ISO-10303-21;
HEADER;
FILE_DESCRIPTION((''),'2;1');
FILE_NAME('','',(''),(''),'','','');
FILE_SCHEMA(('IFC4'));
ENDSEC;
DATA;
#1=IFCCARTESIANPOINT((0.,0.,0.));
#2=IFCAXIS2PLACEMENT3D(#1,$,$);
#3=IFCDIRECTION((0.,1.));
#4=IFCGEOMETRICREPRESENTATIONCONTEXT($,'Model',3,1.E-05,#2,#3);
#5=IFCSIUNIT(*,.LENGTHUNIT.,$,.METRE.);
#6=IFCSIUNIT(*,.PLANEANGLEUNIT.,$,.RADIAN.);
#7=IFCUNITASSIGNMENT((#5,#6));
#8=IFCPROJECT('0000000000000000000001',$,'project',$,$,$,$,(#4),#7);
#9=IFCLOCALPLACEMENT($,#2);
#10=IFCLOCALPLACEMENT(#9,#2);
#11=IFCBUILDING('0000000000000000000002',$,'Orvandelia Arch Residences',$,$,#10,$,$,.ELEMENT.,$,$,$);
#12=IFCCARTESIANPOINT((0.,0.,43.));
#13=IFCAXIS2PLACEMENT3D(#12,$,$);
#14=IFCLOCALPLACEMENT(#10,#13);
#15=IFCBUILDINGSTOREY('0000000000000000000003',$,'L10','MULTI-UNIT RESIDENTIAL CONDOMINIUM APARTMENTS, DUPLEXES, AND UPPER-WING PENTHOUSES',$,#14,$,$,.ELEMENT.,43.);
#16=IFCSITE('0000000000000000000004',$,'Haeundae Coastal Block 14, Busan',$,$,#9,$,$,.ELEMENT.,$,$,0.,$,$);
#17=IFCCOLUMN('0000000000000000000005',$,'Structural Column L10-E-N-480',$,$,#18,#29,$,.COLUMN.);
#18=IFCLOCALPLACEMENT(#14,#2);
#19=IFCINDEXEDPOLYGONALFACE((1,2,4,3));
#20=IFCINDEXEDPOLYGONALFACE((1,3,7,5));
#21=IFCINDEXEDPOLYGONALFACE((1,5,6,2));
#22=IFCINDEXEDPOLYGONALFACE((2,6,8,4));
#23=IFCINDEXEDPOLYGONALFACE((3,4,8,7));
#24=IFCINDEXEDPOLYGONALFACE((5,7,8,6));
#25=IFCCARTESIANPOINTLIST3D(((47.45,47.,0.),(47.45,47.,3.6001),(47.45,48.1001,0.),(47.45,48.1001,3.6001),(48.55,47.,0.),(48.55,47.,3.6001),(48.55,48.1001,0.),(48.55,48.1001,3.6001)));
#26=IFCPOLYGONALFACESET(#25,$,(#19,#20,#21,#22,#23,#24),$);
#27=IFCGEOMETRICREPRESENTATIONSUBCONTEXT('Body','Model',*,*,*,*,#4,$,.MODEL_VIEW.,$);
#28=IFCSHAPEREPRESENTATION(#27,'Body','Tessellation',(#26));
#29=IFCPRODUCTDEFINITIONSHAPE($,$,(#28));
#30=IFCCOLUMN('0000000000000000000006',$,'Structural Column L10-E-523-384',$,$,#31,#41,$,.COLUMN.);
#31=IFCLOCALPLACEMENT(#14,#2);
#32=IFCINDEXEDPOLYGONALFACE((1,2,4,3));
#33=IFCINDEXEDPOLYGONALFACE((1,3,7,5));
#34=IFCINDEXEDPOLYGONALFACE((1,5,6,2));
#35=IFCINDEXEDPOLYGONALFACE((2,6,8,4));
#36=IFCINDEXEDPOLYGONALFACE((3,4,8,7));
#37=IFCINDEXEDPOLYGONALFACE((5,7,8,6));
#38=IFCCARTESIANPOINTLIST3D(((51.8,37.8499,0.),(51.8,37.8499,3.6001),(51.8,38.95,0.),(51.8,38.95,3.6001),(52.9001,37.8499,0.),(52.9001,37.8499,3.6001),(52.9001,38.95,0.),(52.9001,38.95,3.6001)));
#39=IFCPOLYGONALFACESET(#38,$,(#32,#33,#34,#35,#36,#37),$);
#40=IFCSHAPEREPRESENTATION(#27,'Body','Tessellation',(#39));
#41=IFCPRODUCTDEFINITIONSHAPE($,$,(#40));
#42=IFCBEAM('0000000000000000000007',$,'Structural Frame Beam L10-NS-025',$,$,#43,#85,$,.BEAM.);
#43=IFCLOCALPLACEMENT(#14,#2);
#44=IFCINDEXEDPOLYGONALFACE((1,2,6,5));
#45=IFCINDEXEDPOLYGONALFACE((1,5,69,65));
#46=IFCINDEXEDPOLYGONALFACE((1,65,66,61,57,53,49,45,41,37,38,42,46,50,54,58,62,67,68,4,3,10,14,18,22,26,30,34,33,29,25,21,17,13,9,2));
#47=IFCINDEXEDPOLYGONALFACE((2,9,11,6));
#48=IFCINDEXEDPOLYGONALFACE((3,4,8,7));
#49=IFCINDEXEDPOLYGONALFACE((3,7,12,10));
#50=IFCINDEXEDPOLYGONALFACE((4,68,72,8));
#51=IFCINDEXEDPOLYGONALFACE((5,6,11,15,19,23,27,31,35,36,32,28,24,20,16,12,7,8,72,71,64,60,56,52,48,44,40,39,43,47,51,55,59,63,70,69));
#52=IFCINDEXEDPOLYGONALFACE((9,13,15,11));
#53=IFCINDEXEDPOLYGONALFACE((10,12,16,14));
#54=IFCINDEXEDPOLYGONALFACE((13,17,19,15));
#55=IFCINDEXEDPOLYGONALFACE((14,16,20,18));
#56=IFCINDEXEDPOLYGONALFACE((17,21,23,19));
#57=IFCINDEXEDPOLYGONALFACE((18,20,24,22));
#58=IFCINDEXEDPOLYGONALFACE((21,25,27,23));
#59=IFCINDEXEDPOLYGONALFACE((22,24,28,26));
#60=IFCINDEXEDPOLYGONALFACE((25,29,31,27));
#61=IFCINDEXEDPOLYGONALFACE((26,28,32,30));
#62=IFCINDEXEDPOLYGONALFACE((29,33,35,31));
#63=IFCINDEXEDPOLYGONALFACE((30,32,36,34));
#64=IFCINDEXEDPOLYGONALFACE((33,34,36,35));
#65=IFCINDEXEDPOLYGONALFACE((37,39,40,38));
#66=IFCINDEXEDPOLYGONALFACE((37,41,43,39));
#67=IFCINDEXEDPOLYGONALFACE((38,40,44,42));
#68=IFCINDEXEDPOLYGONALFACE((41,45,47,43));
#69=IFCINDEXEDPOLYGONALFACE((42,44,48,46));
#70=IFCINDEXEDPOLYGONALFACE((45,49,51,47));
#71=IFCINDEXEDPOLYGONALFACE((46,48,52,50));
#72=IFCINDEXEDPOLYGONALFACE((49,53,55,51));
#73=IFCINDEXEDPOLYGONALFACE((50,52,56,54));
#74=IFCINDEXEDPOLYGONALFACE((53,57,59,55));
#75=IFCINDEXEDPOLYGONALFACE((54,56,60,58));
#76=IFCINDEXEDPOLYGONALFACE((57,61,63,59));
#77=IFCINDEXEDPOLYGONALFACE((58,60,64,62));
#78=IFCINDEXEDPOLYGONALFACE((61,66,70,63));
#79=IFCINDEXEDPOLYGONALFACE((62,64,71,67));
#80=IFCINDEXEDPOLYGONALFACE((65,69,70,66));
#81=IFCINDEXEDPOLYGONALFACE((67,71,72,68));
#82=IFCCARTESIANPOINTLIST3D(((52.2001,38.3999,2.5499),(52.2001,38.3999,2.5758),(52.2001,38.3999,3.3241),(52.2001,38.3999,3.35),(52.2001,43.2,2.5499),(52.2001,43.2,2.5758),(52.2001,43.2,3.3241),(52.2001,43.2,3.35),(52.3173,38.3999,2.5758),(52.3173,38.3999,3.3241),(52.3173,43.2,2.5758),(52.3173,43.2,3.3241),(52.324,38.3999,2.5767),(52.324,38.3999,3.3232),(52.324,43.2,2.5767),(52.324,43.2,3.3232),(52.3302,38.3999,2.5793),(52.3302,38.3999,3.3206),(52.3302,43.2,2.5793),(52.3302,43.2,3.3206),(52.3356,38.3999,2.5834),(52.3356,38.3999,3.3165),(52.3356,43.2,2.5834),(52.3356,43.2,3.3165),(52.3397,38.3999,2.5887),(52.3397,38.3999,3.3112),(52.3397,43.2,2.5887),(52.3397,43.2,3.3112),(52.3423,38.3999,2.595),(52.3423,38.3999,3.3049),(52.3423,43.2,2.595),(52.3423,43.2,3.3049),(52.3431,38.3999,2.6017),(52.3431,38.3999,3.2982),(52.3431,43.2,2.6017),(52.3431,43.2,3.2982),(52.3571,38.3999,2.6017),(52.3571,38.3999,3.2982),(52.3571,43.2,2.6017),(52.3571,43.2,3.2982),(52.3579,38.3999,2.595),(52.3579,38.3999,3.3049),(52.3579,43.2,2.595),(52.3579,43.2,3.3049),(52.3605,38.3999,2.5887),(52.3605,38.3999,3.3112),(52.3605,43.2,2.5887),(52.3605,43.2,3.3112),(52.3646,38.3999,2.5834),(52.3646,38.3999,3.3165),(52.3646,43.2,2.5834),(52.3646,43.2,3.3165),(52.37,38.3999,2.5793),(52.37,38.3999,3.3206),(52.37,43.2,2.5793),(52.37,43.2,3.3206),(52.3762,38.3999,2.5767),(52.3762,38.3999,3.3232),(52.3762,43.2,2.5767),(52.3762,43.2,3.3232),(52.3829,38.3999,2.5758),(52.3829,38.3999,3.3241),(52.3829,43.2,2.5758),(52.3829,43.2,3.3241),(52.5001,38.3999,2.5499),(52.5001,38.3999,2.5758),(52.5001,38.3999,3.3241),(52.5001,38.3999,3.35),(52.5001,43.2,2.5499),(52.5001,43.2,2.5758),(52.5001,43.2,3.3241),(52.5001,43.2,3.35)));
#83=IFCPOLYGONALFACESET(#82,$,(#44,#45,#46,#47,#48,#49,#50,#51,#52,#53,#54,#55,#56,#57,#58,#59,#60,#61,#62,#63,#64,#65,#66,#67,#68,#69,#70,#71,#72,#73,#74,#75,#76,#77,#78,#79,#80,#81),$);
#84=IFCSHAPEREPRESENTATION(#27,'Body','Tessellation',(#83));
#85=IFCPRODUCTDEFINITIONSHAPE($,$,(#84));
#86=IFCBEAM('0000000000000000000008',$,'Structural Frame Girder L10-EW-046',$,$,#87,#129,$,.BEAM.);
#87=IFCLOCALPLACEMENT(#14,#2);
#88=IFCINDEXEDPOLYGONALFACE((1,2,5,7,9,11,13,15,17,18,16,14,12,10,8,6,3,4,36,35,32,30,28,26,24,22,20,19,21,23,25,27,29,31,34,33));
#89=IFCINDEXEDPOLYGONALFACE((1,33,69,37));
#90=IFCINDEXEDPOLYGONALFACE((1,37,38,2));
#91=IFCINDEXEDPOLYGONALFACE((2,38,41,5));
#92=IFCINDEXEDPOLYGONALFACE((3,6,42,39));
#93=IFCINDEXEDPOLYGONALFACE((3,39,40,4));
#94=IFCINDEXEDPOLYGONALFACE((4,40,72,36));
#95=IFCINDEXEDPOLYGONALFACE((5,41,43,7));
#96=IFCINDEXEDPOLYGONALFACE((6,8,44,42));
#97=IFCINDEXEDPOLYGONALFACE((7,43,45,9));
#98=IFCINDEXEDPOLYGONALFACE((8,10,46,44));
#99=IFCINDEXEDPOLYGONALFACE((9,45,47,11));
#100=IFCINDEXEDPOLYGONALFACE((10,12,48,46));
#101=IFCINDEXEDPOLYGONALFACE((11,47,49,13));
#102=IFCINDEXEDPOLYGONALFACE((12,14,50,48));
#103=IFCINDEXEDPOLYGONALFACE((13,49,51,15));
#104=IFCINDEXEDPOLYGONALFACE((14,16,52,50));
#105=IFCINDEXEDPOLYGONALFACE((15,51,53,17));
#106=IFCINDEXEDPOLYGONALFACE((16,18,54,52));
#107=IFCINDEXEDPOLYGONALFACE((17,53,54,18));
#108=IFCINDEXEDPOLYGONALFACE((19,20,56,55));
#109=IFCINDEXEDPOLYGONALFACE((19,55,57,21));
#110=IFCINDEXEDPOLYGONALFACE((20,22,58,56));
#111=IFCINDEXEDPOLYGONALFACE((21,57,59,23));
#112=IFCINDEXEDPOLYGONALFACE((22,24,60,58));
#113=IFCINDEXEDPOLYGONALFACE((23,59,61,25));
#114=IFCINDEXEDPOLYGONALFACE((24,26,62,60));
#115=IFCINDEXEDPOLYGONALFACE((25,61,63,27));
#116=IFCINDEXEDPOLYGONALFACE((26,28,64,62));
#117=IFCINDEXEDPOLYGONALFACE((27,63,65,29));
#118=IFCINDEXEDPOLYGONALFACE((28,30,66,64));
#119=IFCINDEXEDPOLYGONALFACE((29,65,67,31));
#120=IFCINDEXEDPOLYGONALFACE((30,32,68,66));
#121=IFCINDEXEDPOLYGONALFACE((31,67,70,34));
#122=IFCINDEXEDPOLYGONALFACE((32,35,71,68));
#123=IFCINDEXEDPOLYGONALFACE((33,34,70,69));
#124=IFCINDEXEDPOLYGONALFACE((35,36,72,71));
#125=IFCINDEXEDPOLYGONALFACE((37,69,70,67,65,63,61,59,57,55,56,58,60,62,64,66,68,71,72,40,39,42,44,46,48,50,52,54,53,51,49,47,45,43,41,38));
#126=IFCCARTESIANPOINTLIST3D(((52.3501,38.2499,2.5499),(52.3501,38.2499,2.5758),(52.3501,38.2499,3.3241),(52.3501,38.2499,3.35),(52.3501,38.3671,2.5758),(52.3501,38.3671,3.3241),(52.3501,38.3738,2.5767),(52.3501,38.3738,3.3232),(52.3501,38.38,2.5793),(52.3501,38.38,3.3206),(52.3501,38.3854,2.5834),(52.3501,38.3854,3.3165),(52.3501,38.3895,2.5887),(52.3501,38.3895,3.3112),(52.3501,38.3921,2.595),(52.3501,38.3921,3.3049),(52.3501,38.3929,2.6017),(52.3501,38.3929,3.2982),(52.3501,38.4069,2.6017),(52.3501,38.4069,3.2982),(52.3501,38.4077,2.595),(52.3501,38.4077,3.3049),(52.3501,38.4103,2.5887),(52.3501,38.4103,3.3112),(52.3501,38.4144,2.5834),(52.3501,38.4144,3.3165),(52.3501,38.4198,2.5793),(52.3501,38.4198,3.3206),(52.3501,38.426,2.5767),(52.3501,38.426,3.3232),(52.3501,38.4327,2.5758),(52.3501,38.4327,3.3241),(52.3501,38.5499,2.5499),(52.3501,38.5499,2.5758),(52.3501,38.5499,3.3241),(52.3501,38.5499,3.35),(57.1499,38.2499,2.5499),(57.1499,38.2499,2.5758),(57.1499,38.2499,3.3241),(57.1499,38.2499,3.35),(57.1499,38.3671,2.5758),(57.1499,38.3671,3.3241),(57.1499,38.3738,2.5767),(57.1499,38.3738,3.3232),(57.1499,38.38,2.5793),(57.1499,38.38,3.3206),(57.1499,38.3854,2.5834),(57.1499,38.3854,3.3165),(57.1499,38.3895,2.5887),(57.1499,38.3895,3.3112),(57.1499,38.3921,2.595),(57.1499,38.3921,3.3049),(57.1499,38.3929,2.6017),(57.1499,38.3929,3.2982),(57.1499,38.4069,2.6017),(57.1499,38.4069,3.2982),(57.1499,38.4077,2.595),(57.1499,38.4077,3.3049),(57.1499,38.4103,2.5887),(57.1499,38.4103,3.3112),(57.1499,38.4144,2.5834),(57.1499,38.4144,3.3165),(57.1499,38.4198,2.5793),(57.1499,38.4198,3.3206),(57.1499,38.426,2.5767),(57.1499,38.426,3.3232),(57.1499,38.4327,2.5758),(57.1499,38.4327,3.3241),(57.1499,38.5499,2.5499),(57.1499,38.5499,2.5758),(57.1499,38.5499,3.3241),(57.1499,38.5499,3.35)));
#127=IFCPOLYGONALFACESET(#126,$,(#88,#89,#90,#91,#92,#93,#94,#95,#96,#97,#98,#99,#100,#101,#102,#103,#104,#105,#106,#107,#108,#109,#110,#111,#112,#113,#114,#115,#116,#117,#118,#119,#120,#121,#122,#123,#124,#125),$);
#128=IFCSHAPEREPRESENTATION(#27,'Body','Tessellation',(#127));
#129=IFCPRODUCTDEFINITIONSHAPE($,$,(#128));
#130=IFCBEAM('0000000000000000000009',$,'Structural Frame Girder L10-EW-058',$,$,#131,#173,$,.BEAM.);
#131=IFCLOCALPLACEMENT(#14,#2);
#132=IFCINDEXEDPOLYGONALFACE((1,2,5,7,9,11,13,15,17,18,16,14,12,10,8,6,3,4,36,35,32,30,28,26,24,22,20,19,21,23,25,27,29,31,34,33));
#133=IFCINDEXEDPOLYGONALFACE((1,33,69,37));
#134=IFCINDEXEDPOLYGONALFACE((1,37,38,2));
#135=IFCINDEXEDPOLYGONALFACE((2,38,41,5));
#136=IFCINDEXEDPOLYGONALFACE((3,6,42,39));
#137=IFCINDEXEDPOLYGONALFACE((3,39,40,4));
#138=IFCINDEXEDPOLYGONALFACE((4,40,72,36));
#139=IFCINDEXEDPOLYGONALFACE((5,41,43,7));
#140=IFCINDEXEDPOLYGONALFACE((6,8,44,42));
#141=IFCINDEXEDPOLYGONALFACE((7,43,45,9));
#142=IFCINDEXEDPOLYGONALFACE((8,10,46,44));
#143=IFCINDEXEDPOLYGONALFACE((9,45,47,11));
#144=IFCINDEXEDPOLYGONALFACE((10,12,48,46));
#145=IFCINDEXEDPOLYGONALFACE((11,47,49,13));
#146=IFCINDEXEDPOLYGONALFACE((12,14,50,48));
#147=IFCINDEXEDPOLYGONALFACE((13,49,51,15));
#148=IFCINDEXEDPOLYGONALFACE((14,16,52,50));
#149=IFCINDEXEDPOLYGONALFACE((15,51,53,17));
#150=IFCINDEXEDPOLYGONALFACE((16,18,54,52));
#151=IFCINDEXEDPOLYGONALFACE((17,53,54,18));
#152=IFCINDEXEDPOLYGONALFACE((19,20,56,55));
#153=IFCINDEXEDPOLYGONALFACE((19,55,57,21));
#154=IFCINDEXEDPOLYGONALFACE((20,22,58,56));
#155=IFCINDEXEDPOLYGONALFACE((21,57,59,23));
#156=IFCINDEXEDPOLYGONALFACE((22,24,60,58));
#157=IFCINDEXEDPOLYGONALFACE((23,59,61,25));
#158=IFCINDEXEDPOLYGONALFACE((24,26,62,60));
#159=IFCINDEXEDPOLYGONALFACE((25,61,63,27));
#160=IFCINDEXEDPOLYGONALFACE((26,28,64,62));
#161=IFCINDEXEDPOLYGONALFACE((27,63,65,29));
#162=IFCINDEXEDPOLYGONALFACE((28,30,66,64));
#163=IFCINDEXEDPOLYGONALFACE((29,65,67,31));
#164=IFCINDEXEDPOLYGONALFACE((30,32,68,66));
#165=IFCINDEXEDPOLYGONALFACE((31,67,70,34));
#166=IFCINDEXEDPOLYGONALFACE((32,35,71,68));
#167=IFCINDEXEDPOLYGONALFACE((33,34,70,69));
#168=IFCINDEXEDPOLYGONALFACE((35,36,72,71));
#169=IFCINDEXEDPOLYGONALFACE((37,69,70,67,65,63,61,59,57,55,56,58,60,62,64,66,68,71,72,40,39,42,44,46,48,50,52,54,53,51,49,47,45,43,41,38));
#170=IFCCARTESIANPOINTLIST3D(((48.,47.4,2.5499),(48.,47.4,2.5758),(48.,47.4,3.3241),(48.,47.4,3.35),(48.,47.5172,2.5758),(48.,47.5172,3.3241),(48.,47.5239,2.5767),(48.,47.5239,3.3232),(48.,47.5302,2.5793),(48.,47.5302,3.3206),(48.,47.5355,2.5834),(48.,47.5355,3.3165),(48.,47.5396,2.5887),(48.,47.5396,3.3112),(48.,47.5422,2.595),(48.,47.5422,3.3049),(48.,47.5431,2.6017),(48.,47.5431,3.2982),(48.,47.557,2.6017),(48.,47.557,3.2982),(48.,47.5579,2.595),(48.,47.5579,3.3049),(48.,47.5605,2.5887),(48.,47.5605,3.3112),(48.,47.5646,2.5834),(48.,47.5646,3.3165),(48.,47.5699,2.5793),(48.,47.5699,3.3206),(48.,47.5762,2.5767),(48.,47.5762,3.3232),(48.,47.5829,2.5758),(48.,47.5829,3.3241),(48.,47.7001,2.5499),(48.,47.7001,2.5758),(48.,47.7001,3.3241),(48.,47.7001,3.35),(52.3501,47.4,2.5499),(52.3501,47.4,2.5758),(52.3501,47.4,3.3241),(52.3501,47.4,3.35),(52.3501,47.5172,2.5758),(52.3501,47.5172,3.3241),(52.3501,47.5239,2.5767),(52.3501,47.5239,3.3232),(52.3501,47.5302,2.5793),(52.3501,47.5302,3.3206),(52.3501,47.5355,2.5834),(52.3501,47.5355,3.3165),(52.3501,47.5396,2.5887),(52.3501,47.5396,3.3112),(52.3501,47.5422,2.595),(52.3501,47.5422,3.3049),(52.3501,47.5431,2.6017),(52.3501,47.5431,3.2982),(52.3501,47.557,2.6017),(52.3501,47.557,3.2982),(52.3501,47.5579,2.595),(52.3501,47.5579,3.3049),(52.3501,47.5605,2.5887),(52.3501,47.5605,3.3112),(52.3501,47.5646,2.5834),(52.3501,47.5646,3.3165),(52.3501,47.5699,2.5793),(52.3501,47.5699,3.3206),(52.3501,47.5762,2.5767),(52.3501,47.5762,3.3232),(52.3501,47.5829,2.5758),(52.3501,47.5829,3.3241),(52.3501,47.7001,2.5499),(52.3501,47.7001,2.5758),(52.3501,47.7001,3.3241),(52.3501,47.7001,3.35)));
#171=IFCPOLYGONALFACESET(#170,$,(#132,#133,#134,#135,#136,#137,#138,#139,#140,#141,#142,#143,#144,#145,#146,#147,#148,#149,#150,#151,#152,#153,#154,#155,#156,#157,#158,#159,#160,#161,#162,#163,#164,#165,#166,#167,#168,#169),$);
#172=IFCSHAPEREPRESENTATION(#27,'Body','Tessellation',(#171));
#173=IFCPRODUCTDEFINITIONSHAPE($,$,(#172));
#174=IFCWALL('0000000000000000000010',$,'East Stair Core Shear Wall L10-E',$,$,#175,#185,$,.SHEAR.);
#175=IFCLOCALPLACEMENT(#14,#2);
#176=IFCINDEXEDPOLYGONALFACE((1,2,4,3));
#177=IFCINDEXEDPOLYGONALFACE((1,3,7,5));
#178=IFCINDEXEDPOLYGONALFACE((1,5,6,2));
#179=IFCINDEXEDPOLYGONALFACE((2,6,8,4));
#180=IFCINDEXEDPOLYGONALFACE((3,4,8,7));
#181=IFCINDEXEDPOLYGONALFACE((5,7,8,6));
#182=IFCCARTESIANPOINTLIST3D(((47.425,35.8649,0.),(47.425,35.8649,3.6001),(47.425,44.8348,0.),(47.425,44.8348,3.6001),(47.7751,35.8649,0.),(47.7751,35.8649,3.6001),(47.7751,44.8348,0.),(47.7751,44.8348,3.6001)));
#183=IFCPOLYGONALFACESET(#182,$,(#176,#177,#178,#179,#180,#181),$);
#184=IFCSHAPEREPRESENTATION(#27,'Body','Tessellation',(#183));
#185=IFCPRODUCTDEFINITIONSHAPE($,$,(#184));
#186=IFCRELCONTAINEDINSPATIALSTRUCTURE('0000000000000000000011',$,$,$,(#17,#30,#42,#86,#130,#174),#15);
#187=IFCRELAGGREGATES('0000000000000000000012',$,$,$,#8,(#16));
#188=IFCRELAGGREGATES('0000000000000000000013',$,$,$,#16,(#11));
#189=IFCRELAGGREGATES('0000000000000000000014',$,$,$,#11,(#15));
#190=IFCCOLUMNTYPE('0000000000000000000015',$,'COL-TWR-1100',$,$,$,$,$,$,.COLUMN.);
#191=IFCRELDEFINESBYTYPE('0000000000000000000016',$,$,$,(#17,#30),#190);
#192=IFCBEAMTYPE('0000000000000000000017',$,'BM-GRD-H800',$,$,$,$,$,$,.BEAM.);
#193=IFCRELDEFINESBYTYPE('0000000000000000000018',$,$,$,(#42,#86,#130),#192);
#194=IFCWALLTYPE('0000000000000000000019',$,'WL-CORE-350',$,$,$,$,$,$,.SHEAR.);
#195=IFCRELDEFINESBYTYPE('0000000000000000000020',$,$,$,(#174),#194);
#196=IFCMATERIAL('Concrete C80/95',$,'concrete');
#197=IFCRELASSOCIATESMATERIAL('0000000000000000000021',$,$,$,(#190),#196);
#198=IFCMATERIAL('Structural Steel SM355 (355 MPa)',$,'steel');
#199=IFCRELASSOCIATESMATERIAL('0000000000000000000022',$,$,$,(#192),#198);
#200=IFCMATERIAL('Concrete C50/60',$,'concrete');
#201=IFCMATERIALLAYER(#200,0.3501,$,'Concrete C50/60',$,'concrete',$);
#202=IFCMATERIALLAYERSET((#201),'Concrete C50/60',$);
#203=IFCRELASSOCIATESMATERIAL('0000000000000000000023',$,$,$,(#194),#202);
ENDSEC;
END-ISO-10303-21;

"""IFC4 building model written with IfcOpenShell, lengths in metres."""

from ifc_helpers import new_model, si_unit, direction, frame, frame_2d, origin, origin_2d, place, context, subcontext, project, spatial, rectangle, i_section, extrude, material, layer, layer_set, material_profile, profile_set, type_object, element, save


model = new_model("IFC4")

# Units and contexts
model_context = context("Model", 3, precision=1e-05, world=origin(), true_north=direction((0.0, 1.0)))
body_context = subcontext(model_context, "Body", "Model", "MODEL_VIEW")
ifc_project = project(units=[si_unit("LENGTHUNIT", "METRE"), si_unit("PLANEANGLEUNIT", "RADIAN")], contexts=[model_context])

# Site, building, storey
site_placement = place(None, origin())
site = spatial("IfcSite", under=ifc_project, at=site_placement, Name="Haeundae Coastal Block 14, Busan", CompositionType="ELEMENT", RefElevation=0.0)
building_placement = place(site_placement, origin())
building = spatial("IfcBuilding", under=site, at=building_placement, Name="Orvandelia Arch Residences", CompositionType="ELEMENT")
storey_placement = place(building_placement, frame((0.0, 0.0, 43.0)))
storey = spatial("IfcBuildingStorey", under=building, at=storey_placement, Name="L10", Description="MULTI-UNIT RESIDENTIAL CONDOMINIUM APARTMENTS, DUPLEXES, AND UPPER-WING PENTHOUSES", CompositionType="ELEMENT", Elevation=43.0)

# Columns
ifc_material_1 = material(Name="Concrete C80/95", Category="concrete")
ifc_material_profile_1 = material_profile(ifc_material_1, rectangle(XDim=1.1001, YDim=1.1001, at=origin_2d()), Name="Concrete C80/95", Category="concrete")
ifc_profile_set_1 = profile_set([ifc_material_profile_1], Name="Concrete C80/95")
column_type = type_object("IfcColumnType", Name="COL-TWR-1100", PredefinedType="COLUMN", material=ifc_profile_set_1)
for number, where, z_axis, x_axis, name in (
    (1, (48.0, 47.55, 0.0), (0.0, 0.0, 1.0), (1.0, 0.0, 0.0), "Structural Column L10-E-N-480"),
    (2, (52.3501, 38.3999, 0.0), (0.0, 0.0, 1.0), (1.0, 0.0, 0.0), "Structural Column L10-E-523-384"),
):
    element("IfcColumn", number, at=place(storey_placement, frame(where, z_axis=z_axis, x_axis=x_axis)), inside=storey, type_object=column_type, Name=name, PredefinedType="COLUMN", context=body_context, shape_type="SweptSolid", body=[
        extrude(rectangle(XDim=1.1001, YDim=1.1001, at=origin_2d()), origin(), (0.0, 0.0, 1.0), 3.6001),
    ])

# Beams
ifc_material_2 = material(Name="Structural Steel SM355 (355 MPa)", Category="steel")
ifc_material_profile_2 = material_profile(ifc_material_2, i_section(OverallWidth=0.3, OverallDepth=0.8, WebThickness=0.0139, FlangeThickness=0.0259, FilletRadius=0.0259, at=origin_2d()), Name="Structural Steel SM355 (355 MPa)", Category="steel")
ifc_profile_set_2 = profile_set([ifc_material_profile_2], Name="Structural Steel SM355 (355 MPa)")
beam_type = type_object("IfcBeamType", Name="BM-GRD-H800", PredefinedType="BEAM", material=ifc_profile_set_2)
beam_1_placement = place(storey_placement, frame((52.3501, 38.3999, 2.95), z_axis=(0.0, 1.0, 0.0), x_axis=(-1.0, 0.0, 0.0)))
element("IfcBeam", 3, at=beam_1_placement, inside=storey, type_object=beam_type, Name="Structural Frame Beam L10-NS-025", PredefinedType="BEAM", context=body_context, shape_type="SweptSolid", body=[
    extrude(i_section(OverallWidth=0.3, OverallDepth=0.8, WebThickness=0.0139, FlangeThickness=0.0259, FilletRadius=0.0259, at=origin_2d()), origin(), (0.0, 0.0, 1.0), 4.8),
])
beam_2_placement = place(storey_placement, frame((52.3501, 38.3999, 2.95), z_axis=(1.0, 0.0, 0.0), x_axis=(0.0, 1.0, 0.0)))
element("IfcBeam", 4, at=beam_2_placement, inside=storey, type_object=beam_type, Name="Structural Frame Girder L10-EW-046", PredefinedType="BEAM", context=body_context, shape_type="SweptSolid", body=[
    extrude(i_section(OverallWidth=0.3, OverallDepth=0.8, WebThickness=0.0139, FlangeThickness=0.0259, FilletRadius=0.0259, at=origin_2d()), origin(), (0.0, 0.0, 1.0), 4.7998),
])
beam_3_placement = place(storey_placement, frame((48.0, 47.55, 2.95), z_axis=(1.0, 0.0, 0.0), x_axis=(0.0, 1.0, 0.0)))
element("IfcBeam", 5, at=beam_3_placement, inside=storey, type_object=beam_type, Name="Structural Frame Girder L10-EW-058", PredefinedType="BEAM", context=body_context, shape_type="SweptSolid", body=[
    extrude(i_section(OverallWidth=0.3, OverallDepth=0.8, WebThickness=0.0139, FlangeThickness=0.0259, FilletRadius=0.0259, at=origin_2d()), origin(), (0.0, 0.0, 1.0), 4.3501),
])

# Wall
ifc_material_3 = material(Name="Concrete C50/60", Category="concrete")
ifc_layer_1 = layer(ifc_material_3, 0.3501, Name="Concrete C50/60", Category="concrete")
ifc_layer_set_1 = layer_set([ifc_layer_1], Name="Concrete C50/60")
wall_type_1 = type_object("IfcWallType", Name="WL-CORE-350", PredefinedType="SHEAR", material=ifc_layer_set_1)
wall_1_placement = place(storey_placement, frame((47.6001, 35.865, 0.0), z_axis=(0.0, 0.0, 1.0), x_axis=(0.0, 1.0, 0.0)))
element("IfcWall", 6, at=wall_1_placement, inside=storey, type_object=wall_type_1, Name="East Stair Core Shear Wall L10-E", PredefinedType="SHEAR", context=body_context, shape_type="SweptSolid", body=[
    extrude(rectangle(XDim=8.97, YDim=0.3501, at=frame_2d((4.4849, 0.0))), origin(), (0.0, 0.0, 1.0), 3.6001),
])

save(model, "model.ifc")
